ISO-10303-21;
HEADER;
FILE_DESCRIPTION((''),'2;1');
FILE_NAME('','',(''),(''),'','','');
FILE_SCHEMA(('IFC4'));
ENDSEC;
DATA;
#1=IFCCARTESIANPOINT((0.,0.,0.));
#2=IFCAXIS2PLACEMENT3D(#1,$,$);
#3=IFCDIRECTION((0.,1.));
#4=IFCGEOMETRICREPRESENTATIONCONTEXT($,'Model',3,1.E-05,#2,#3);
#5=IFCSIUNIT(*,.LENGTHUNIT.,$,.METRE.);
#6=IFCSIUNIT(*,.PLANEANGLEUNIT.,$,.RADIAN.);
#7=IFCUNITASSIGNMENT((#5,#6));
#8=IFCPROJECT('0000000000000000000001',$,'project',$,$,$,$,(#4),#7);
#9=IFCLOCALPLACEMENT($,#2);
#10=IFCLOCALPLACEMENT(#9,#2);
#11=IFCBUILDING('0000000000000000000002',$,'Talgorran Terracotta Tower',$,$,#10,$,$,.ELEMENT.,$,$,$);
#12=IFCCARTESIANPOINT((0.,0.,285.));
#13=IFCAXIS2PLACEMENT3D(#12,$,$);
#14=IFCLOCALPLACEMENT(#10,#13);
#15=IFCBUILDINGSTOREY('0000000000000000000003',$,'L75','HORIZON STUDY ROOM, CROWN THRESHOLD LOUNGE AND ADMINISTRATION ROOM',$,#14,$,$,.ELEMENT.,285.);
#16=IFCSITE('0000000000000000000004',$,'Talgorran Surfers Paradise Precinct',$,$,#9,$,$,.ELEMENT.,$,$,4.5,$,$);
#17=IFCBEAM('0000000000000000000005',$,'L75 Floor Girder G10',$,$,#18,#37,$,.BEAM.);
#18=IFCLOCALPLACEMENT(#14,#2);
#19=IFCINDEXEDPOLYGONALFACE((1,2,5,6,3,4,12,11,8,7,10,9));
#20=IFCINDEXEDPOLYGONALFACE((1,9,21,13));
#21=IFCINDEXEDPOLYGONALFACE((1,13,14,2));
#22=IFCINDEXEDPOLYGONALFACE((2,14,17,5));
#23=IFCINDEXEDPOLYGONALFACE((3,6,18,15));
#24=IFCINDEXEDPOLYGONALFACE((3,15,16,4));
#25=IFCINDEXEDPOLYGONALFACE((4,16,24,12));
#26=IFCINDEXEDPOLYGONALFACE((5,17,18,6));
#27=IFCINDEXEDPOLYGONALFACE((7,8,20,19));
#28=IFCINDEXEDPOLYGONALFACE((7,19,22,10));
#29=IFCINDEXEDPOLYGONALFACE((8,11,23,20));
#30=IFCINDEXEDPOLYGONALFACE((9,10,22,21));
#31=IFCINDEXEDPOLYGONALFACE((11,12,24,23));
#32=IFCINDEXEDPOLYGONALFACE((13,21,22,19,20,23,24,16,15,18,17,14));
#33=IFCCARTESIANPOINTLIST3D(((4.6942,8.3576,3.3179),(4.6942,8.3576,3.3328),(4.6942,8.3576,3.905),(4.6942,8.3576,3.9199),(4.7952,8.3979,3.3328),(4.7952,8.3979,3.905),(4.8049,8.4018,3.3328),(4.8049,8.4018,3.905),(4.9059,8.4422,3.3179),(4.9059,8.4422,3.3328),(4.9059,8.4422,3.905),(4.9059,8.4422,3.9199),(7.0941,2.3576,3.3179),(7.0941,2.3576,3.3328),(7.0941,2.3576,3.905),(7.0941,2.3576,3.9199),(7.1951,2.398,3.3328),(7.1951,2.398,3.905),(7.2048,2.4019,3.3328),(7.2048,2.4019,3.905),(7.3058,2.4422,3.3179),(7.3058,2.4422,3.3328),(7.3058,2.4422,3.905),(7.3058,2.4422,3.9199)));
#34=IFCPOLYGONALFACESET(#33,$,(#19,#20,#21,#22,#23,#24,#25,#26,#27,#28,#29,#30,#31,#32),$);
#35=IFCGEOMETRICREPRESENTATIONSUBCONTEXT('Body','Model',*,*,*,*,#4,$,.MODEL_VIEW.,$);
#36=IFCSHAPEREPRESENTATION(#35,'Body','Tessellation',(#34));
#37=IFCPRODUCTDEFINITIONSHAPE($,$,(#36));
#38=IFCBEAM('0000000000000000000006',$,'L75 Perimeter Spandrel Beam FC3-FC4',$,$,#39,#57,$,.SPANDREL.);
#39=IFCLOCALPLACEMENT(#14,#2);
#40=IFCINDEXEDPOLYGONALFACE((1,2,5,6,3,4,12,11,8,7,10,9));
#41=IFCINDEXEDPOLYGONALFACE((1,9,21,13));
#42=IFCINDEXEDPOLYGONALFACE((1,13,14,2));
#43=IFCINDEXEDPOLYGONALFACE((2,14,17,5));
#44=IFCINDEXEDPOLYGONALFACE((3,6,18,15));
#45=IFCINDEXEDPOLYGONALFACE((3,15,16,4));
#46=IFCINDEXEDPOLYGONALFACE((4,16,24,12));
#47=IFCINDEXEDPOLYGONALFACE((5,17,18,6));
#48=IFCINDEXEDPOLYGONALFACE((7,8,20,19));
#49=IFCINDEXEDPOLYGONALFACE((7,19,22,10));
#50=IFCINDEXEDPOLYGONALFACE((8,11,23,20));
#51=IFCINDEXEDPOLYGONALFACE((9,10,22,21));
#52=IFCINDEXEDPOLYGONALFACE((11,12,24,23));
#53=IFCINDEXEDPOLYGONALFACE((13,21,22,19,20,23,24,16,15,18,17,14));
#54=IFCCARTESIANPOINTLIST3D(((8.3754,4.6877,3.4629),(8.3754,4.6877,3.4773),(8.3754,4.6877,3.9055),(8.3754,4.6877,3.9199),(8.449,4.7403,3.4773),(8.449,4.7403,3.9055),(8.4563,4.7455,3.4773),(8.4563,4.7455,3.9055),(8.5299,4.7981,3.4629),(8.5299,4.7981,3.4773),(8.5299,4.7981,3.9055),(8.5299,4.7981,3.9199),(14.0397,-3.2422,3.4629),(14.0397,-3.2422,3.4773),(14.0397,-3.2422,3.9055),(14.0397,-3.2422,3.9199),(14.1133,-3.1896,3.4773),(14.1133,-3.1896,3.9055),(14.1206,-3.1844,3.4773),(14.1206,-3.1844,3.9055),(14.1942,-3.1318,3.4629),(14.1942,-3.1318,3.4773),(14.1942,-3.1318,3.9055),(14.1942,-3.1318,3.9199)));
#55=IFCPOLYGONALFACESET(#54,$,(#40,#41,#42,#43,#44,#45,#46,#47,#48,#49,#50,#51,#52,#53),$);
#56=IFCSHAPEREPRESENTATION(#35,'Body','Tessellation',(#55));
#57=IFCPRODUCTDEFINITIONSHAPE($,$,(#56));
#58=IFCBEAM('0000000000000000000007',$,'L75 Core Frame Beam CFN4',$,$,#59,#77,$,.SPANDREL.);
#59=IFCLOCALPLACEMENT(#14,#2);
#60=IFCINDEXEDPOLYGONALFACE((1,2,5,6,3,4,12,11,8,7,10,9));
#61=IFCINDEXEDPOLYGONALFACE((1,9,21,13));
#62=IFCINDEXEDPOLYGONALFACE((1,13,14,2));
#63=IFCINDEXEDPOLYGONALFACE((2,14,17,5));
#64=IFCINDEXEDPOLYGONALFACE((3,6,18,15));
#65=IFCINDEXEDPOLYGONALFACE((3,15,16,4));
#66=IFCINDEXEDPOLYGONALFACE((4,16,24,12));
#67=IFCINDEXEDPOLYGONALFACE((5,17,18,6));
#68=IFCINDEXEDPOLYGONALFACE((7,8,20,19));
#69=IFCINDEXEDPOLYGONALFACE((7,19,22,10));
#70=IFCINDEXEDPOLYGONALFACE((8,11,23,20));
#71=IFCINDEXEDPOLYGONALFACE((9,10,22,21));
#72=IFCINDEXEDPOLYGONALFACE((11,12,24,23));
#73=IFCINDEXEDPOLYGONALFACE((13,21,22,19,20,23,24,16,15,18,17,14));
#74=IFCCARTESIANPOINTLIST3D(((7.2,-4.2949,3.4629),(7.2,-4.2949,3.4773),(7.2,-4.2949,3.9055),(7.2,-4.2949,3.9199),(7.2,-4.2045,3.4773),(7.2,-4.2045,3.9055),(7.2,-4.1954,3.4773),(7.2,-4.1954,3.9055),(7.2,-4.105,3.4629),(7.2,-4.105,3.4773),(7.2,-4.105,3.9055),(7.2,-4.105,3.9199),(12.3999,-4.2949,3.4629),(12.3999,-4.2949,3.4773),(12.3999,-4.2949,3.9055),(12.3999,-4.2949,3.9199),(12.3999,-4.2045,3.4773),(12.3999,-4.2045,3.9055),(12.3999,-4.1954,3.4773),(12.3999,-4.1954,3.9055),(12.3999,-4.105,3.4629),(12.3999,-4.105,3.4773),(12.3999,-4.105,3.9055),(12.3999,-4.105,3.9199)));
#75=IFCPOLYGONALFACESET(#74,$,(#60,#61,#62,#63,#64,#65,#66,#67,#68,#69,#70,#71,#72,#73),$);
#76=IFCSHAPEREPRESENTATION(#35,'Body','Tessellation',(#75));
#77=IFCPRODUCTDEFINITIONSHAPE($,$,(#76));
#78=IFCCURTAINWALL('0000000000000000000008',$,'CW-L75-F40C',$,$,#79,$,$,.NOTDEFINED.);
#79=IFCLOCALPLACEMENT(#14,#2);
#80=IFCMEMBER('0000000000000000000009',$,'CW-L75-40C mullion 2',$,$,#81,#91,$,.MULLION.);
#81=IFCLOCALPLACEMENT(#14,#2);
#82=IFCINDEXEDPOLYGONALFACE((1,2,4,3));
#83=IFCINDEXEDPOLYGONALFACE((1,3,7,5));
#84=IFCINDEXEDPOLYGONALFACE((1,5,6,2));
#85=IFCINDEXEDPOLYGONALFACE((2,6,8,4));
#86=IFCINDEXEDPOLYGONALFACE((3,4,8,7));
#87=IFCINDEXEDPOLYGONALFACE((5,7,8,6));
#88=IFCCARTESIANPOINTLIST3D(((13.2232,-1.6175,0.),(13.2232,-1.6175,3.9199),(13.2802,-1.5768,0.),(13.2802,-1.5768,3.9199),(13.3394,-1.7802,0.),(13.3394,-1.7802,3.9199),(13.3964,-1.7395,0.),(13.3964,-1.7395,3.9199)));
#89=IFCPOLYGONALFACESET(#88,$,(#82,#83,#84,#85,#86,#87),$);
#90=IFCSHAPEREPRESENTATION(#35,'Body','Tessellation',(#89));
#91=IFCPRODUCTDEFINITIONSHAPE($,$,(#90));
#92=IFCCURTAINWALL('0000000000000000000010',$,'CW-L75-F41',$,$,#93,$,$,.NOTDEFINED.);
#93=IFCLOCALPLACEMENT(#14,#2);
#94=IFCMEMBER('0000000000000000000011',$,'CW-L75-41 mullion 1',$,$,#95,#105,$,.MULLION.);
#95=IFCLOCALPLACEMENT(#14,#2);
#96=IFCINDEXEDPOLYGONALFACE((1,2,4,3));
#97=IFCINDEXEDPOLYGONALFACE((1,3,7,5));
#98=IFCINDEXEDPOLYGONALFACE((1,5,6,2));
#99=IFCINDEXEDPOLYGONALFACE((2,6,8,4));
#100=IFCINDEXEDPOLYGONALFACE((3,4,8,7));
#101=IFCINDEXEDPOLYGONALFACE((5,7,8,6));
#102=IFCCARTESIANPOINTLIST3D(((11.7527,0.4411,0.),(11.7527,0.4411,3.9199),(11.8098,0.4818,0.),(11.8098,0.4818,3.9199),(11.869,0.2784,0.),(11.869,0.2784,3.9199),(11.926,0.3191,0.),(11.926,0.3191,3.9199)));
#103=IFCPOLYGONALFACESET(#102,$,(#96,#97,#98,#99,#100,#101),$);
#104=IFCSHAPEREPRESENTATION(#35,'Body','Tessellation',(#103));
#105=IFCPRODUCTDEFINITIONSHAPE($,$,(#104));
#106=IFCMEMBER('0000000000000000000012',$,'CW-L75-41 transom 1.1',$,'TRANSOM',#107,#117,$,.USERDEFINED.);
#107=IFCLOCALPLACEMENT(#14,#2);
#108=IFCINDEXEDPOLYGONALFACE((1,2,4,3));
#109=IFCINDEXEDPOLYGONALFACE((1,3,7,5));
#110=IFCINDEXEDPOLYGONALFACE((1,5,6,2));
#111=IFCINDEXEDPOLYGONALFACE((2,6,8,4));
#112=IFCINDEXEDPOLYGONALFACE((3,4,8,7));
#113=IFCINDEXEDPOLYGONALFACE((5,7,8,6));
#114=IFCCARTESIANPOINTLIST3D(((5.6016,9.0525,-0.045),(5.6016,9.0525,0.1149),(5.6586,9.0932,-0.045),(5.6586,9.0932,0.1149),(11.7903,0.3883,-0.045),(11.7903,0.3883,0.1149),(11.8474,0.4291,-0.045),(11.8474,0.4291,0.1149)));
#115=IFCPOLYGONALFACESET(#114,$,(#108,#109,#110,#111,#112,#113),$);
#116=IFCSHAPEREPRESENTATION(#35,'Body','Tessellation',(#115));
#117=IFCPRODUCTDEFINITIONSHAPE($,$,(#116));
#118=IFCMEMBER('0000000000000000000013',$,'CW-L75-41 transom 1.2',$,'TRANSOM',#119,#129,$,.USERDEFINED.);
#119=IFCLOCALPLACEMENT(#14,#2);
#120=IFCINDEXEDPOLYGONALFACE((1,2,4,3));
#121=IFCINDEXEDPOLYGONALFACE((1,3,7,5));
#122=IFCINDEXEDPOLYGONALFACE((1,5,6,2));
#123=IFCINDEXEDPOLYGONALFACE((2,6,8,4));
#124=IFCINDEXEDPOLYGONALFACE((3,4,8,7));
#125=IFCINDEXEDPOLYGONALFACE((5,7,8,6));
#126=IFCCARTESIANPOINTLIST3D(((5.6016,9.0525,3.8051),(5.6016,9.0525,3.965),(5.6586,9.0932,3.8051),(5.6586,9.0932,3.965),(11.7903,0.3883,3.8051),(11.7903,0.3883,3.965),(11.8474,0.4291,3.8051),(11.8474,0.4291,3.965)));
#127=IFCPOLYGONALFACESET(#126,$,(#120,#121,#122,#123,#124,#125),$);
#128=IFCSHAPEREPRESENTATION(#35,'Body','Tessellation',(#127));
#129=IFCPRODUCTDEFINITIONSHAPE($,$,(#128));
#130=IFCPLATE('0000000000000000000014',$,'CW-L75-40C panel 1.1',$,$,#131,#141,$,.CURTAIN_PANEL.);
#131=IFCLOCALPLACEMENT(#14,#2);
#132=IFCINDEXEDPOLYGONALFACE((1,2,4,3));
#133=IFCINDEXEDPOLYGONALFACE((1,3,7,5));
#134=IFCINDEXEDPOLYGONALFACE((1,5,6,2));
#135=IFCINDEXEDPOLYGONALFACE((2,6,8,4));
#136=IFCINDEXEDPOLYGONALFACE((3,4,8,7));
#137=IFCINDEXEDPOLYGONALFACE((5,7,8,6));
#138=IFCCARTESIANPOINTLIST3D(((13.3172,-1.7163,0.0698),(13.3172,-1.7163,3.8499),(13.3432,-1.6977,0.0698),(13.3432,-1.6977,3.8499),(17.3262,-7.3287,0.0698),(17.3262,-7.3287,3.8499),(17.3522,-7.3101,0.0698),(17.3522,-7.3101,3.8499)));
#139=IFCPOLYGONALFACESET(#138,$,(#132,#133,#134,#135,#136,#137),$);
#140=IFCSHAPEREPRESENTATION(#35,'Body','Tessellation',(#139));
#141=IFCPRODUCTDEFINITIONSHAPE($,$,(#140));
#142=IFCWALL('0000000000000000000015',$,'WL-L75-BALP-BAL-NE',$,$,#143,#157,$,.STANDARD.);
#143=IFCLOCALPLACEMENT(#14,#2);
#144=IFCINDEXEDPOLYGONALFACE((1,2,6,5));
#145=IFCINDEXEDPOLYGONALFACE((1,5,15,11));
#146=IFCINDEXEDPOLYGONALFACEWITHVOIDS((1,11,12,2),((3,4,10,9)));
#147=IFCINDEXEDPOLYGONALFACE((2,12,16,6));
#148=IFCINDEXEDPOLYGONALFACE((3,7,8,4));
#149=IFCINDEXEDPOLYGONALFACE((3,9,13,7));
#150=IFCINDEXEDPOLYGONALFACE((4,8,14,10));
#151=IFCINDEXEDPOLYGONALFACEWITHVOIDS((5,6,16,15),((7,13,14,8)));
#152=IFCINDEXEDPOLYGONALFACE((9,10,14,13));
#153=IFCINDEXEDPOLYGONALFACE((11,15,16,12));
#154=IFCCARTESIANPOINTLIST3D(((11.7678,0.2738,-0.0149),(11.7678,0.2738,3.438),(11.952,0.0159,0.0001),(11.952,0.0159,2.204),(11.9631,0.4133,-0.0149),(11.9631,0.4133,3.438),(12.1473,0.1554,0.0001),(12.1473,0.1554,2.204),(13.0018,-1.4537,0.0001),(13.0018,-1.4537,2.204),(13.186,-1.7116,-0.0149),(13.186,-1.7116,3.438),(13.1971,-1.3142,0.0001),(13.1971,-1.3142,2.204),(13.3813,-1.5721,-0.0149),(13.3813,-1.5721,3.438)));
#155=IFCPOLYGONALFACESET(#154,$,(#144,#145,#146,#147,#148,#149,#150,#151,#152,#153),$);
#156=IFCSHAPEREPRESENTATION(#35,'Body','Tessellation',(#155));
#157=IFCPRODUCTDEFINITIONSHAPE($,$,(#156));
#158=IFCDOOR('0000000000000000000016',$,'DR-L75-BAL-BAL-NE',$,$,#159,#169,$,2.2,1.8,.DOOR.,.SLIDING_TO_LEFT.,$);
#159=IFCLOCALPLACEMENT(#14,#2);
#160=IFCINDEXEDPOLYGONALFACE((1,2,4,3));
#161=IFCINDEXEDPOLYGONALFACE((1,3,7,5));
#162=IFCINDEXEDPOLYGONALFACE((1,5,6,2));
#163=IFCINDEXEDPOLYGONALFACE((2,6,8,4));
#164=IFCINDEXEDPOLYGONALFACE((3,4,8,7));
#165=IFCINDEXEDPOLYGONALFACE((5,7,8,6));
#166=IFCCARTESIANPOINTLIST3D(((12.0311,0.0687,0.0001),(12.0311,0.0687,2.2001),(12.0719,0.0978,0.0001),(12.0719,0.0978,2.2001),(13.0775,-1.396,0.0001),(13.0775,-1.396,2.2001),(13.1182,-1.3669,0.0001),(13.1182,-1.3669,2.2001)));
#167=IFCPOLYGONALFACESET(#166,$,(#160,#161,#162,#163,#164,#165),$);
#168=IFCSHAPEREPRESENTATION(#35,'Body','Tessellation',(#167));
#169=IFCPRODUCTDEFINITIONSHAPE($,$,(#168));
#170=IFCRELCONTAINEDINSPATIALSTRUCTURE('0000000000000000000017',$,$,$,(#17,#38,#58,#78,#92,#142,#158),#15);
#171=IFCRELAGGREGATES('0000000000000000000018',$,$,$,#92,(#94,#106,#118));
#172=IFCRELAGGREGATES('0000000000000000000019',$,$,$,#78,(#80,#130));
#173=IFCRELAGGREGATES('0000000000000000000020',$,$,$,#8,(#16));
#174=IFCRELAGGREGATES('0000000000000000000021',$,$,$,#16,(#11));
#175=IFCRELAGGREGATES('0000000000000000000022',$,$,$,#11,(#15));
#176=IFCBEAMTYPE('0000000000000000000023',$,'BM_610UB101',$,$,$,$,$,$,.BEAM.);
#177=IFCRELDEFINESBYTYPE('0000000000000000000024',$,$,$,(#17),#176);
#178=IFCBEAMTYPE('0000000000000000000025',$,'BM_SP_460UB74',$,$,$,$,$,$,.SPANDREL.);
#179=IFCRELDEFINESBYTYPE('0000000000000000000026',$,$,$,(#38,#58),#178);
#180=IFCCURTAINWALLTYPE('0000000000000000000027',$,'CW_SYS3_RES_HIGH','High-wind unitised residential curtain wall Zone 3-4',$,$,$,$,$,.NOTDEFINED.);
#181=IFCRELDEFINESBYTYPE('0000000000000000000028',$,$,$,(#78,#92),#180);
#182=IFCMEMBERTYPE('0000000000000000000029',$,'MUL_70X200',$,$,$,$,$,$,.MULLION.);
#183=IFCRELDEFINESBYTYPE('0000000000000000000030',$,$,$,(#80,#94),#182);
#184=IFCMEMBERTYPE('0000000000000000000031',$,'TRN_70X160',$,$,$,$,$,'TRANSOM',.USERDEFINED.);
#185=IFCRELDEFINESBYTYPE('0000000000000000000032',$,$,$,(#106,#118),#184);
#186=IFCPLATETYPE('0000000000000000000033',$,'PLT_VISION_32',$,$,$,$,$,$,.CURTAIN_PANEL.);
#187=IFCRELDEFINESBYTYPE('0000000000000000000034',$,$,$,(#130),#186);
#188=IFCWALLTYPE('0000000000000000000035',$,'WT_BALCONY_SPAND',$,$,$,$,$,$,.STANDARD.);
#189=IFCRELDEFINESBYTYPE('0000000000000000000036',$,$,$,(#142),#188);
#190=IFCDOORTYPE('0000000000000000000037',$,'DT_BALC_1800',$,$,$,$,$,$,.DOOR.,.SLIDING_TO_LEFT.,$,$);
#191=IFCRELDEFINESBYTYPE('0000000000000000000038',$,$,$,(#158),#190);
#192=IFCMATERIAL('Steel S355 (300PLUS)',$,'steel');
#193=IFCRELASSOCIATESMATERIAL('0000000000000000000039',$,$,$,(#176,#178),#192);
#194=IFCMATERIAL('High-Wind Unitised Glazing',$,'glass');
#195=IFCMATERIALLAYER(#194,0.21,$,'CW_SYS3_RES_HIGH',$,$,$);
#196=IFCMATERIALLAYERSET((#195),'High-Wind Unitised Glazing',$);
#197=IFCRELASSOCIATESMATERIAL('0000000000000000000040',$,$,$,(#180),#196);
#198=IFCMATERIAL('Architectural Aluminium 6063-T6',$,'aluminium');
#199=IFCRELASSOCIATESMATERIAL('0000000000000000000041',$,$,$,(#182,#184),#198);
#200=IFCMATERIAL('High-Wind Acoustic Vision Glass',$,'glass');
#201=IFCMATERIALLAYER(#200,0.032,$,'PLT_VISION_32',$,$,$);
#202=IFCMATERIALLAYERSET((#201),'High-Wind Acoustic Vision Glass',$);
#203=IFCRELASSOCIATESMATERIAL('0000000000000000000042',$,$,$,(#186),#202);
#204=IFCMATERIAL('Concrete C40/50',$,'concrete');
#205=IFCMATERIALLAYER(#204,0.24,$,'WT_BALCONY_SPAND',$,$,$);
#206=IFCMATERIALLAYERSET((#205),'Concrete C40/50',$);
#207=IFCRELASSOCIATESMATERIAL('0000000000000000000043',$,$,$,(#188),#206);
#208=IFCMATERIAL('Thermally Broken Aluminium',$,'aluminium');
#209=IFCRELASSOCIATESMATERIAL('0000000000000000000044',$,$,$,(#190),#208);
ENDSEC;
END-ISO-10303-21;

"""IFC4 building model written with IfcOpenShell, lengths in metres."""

from ifc_helpers import new_model, si_unit, direction, frame, frame_2d, origin, origin_2d, place, context, subcontext, project, spatial, rectangle, i_section, extrude, source, transform, mapped, material, layer, layer_set, material_profile, profile_set, type_object, type_shapes, element, fill, aggregate, save


model = new_model("IFC4")

# Units and contexts
model_context = context("Model", 3, precision=1e-05, world=origin(), true_north=direction((0.0, 1.0)))
body_context = subcontext(model_context, "Body", "Model", "MODEL_VIEW")
ifc_project = project(units=[si_unit("LENGTHUNIT", "METRE"), si_unit("PLANEANGLEUNIT", "RADIAN")], contexts=[model_context])

# Site, building, storey
site_placement = place(None, origin())
site = spatial("IfcSite", under=ifc_project, at=site_placement, Name="Talgorran Surfers Paradise Precinct", CompositionType="ELEMENT", RefElevation=4.5)
building_placement = place(site_placement, origin())
building = spatial("IfcBuilding", under=site, at=building_placement, Name="Talgorran Terracotta Tower", CompositionType="ELEMENT")
storey_placement = place(building_placement, frame((0.0, 0.0, 285.0)))
storey = spatial("IfcBuildingStorey", under=building, at=storey_placement, Name="L75", Description="HORIZON STUDY ROOM, CROWN THRESHOLD LOUNGE AND ADMINISTRATION ROOM", CompositionType="ELEMENT", Elevation=285.0)

# Shared definitions
ifc_material_1 = material(Name="Steel S355 (300PLUS)", Category="steel")

# Beams
ifc_material_profile_1 = material_profile(ifc_material_1, i_section(OverallWidth=0.228, OverallDepth=0.6021, WebThickness=0.0105, FlangeThickness=0.0149, at=origin_2d()), Name="610UB101")
ifc_profile_set_1 = profile_set([ifc_material_profile_1], Name="Steel S355 (300PLUS)")
beam_type_1 = type_object("IfcBeamType", Name="BM_610UB101", PredefinedType="BEAM", material=ifc_profile_set_1)
beam_1_placement = place(storey_placement, frame((7.2, 2.3999, 3.6189), z_axis=(-0.371378, 0.928482, 0.0), x_axis=(-0.928482, -0.371378, 0.0)))
element("IfcBeam", 1, at=beam_1_placement, inside=storey, type_object=beam_type_1, Name="L75 Floor Girder G10", PredefinedType="BEAM", context=body_context, shape_type="SweptSolid", body=[
    extrude(i_section(OverallWidth=0.228, OverallDepth=0.6021, WebThickness=0.0105, FlangeThickness=0.0149, at=origin_2d()), origin(), (0.0, 0.0, 1.0), 6.4622),
])
ifc_material_profile_2 = material_profile(ifc_material_1, i_section(OverallWidth=0.1899, OverallDepth=0.457, WebThickness=0.009, FlangeThickness=0.0144, at=origin_2d()), Name="460UB74.6")
ifc_profile_set_2 = profile_set([ifc_material_profile_2], Name="Steel S355 (300PLUS)")
beam_type_2 = type_object("IfcBeamType", Name="BM_SP_460UB74", PredefinedType="SPANDREL", material=ifc_profile_set_2)
beam_2_placement = place(storey_placement, frame((14.1169, -3.187, 3.6914), z_axis=(-0.581243, 0.81373, 0.0), x_axis=(-0.81373, -0.581243, 0.0)))
element("IfcBeam", 2, at=beam_2_placement, inside=storey, type_object=beam_type_2, Name="L75 Perimeter Spandrel Beam FC3-FC4", PredefinedType="SPANDREL", context=body_context, shape_type="SweptSolid", body=[
    extrude(i_section(OverallWidth=0.1899, OverallDepth=0.457, WebThickness=0.009, FlangeThickness=0.0144, at=origin_2d()), origin(), (0.0, 0.0, 1.0), 9.7451),
])
beam_3_placement = place(storey_placement, frame((7.2, -4.2, 3.6914), z_axis=(1.0, 0.0, 0.0), x_axis=(0.0, 1.0, 0.0)))
element("IfcBeam", 3, at=beam_3_placement, inside=storey, type_object=beam_type_2, Name="L75 Core Frame Beam CFN4", PredefinedType="SPANDREL", context=body_context, shape_type="SweptSolid", body=[
    extrude(i_section(OverallWidth=0.1899, OverallDepth=0.457, WebThickness=0.009, FlangeThickness=0.0144, at=origin_2d()), origin(), (0.0, 0.0, 1.0), 5.2),
])

# Curtain wall, member
ifc_material_2 = material(Name="High-Wind Unitised Glazing", Category="glass")
ifc_layer_1 = layer(ifc_material_2, 0.21, Name="CW_SYS3_RES_HIGH")
ifc_layer_set_1 = layer_set([ifc_layer_1], Name="High-Wind Unitised Glazing")
curtain_wall_type = type_object("IfcCurtainWallType", Name="CW_SYS3_RES_HIGH", Description="High-wind unitised residential curtain wall Zone 3-4", PredefinedType="NOTDEFINED", material=ifc_layer_set_1)
curtain_wall_1_placement = place(storey_placement, origin())
curtain_wall_1 = element("IfcCurtainWall", 4, at=curtain_wall_1_placement, inside=storey, type_object=curtain_wall_type, Name="CW-L75-F40C", PredefinedType="NOTDEFINED")
ifc_material_3 = material(Name="Architectural Aluminium 6063-T6", Category="aluminium")
ifc_material_profile_3 = material_profile(ifc_material_3, rectangle(XDim=0.0701, YDim=0.2, at=origin_2d()), Name="CWM70X200")
ifc_profile_set_3 = profile_set([ifc_material_profile_3], Name="Architectural Aluminium 6063-T6")
member_type_1 = type_object("IfcMemberType", Name="MUL_70X200", PredefinedType="MULLION", material=ifc_profile_set_3)
member_1_placement = place(storey_placement, frame((13.3098, -1.6785, 0.0), z_axis=(0.0, 0.0, 1.0), x_axis=(-0.813726, -0.581249, 0.0)))
member_1 = element("IfcMember", 5, at=member_1_placement, type_object=member_type_1, Name="CW-L75-40C mullion 2", PredefinedType="MULLION", context=body_context, shape_type="SweptSolid", body=[
    extrude(rectangle(XDim=0.0701, YDim=0.2, at=origin_2d()), origin(), (0.0, 0.0, 1.0), 3.9199),
])

# Curtain wall, members
curtain_wall_2_placement = place(storey_placement, origin())
curtain_wall_2 = element("IfcCurtainWall", 6, at=curtain_wall_2_placement, inside=storey, type_object=curtain_wall_type, Name="CW-L75-F41", PredefinedType="NOTDEFINED")
member_2_placement = place(storey_placement, frame((11.8394, 0.3801, 0.0), z_axis=(0.0, 0.0, 1.0), x_axis=(-0.813726, -0.581249, 0.0)))
member_2 = element("IfcMember", 7, at=member_2_placement, type_object=member_type_1, Name="CW-L75-41 mullion 1", PredefinedType="MULLION", context=body_context, shape_type="SweptSolid", body=[
    extrude(rectangle(XDim=0.0701, YDim=0.2, at=origin_2d()), origin(), (0.0, 0.0, 1.0), 3.9199),
])
ifc_material_profile_4 = material_profile(ifc_material_3, rectangle(XDim=0.0701, YDim=0.1599, at=origin_2d()), Name="CWT70X160")
ifc_profile_set_4 = profile_set([ifc_material_profile_4], Name="Architectural Aluminium 6063-T6")
member_type_2 = type_object("IfcMemberType", Name="TRN_70X160", ElementType="TRANSOM", PredefinedType="USERDEFINED", material=ifc_profile_set_4)
member_3_placement = place(storey_placement, frame((11.8188, 0.4087, 0.0349), z_axis=(-0.581245, 0.813729, 0.0), x_axis=(-0.813729, -0.581245, 0.0)))
member_3 = element("IfcMember", 8, at=member_3_placement, type_object=member_type_2, Name="CW-L75-41 transom 1.1", ObjectType="TRANSOM", PredefinedType="USERDEFINED", context=body_context, shape_type="SweptSolid", body=[
    extrude(rectangle(XDim=0.0701, YDim=0.1599, at=origin_2d()), origin(), (0.0, 0.0, 1.0), 10.6475),
])
member_4_placement = place(storey_placement, frame((11.8188, 0.4087, 3.885), z_axis=(-0.581245, 0.813729, 0.0), x_axis=(-0.813729, -0.581245, 0.0)))
member_4 = element("IfcMember", 9, at=member_4_placement, type_object=member_type_2, Name="CW-L75-41 transom 1.2", ObjectType="TRANSOM", PredefinedType="USERDEFINED", context=body_context, shape_type="SweptSolid", body=[
    extrude(rectangle(XDim=0.0701, YDim=0.1599, at=origin_2d()), origin(), (0.0, 0.0, 1.0), 10.6475),
])
aggregate(curtain_wall_2, [member_2, member_3, member_4])

# Plate
ifc_material_4 = material(Name="High-Wind Acoustic Vision Glass", Category="glass")
ifc_layer_2 = layer(ifc_material_4, 0.032, Name="PLT_VISION_32")
ifc_layer_set_2 = layer_set([ifc_layer_2], Name="High-Wind Acoustic Vision Glass")
plate_type = type_object("IfcPlateType", Name="PLT_VISION_32", PredefinedType="CURTAIN_PANEL", material=ifc_layer_set_2)
shared_shape = source(origin(), body_context, "Body", "SweptSolid", [
    extrude(rectangle(XDim=6.8972, YDim=0.032, at=origin_2d()), origin(), (0.0, 0.0, 1.0), 3.78),
])
type_shapes(plate_type, [shared_shape])
plate_placement = place(storey_placement, frame((15.3347, -4.5132, 0.0698), z_axis=(0.0, 0.0, 1.0), x_axis=(-0.581249, 0.813726, 0.0)))
plate = element("IfcPlate", 10, at=plate_placement, type_object=plate_type, Name="CW-L75-40C panel 1.1", PredefinedType="CURTAIN_PANEL", context=body_context, shape_type="MappedRepresentation", body=[
    mapped(shared_shape, transform((0.0, 0.0, 0.0), scale=1.0)),
])
aggregate(curtain_wall_1, [member_1, plate])

# Wall, opening, door
ifc_material_5 = material(Name="Concrete C40/50", Category="concrete")
ifc_layer_3 = layer(ifc_material_5, 0.24, Name="WT_BALCONY_SPAND")
ifc_layer_set_3 = layer_set([ifc_layer_3], Name="Concrete C40/50")
wall_type_1 = type_object("IfcWallType", Name="WT_BALCONY_SPAND", PredefinedType="STANDARD", material=ifc_layer_set_3)
wall_1_placement = place(storey_placement, frame((13.2837, -1.6418, -0.0149), z_axis=(0.0, 0.0, 1.0), x_axis=(-0.581267, 0.813713, 0.0)))
wall_1 = element("IfcWall", 11, at=wall_1_placement, inside=storey, type_object=wall_type_1, Name="WL-L75-BALP-BAL-NE", PredefinedType="STANDARD", context=body_context, shape_type="SweptSolid", body=[
    extrude(rectangle(XDim=2.4399, YDim=0.24, at=frame_2d((1.22, 0.0))), origin(), (0.0, 0.0, 1.0), 3.4529),
])
opening_1_placement = place(wall_1_placement, frame((0.3201, 0.0, 0.0149)))
opening_1 = element("IfcOpeningElement", 12, at=opening_1_placement, cuts=wall_1, PredefinedType="OPENING", context=body_context, shape_type="SweptSolid", body=[
    extrude(rectangle(XDim=1.806, YDim=2.204, at=frame_2d((0.8999, 1.1021))), frame((0.0, 0.1299, 0.0), z_axis=(0.0, -1.0, 0.0), x_axis=(1.0, 0.0, 0.0)), (0.0, 0.0, 1.0), 0.26),
])
ifc_material_6 = material(Name="Thermally Broken Aluminium", Category="aluminium")
door_type_1 = type_object("IfcDoorType", Name="DT_BALC_1800", OperationType="SLIDING_TO_LEFT", PredefinedType="DOOR", material=ifc_material_6)
door_1_placement = place(opening_1_placement, origin())
door_1 = element("IfcDoor", 13, at=door_1_placement, inside=storey, type_object=door_type_1, Name="DR-L75-BAL-BAL-NE", OperationType="SLIDING_TO_LEFT", OverallHeight=2.2, OverallWidth=1.8, PredefinedType="DOOR", context=body_context, shape_type="SweptSolid", body=[
    extrude(rectangle(XDim=1.8, YDim=2.2, at=frame_2d((0.8999, 1.1001))), frame((0.0, 0.0249, 0.0), z_axis=(0.0, -1.0, 0.0), x_axis=(1.0, 0.0, 0.0)), (0.0, 0.0, 1.0), 0.05),
])
fill(opening_1, door_1)

save(model, "model.ifc")
